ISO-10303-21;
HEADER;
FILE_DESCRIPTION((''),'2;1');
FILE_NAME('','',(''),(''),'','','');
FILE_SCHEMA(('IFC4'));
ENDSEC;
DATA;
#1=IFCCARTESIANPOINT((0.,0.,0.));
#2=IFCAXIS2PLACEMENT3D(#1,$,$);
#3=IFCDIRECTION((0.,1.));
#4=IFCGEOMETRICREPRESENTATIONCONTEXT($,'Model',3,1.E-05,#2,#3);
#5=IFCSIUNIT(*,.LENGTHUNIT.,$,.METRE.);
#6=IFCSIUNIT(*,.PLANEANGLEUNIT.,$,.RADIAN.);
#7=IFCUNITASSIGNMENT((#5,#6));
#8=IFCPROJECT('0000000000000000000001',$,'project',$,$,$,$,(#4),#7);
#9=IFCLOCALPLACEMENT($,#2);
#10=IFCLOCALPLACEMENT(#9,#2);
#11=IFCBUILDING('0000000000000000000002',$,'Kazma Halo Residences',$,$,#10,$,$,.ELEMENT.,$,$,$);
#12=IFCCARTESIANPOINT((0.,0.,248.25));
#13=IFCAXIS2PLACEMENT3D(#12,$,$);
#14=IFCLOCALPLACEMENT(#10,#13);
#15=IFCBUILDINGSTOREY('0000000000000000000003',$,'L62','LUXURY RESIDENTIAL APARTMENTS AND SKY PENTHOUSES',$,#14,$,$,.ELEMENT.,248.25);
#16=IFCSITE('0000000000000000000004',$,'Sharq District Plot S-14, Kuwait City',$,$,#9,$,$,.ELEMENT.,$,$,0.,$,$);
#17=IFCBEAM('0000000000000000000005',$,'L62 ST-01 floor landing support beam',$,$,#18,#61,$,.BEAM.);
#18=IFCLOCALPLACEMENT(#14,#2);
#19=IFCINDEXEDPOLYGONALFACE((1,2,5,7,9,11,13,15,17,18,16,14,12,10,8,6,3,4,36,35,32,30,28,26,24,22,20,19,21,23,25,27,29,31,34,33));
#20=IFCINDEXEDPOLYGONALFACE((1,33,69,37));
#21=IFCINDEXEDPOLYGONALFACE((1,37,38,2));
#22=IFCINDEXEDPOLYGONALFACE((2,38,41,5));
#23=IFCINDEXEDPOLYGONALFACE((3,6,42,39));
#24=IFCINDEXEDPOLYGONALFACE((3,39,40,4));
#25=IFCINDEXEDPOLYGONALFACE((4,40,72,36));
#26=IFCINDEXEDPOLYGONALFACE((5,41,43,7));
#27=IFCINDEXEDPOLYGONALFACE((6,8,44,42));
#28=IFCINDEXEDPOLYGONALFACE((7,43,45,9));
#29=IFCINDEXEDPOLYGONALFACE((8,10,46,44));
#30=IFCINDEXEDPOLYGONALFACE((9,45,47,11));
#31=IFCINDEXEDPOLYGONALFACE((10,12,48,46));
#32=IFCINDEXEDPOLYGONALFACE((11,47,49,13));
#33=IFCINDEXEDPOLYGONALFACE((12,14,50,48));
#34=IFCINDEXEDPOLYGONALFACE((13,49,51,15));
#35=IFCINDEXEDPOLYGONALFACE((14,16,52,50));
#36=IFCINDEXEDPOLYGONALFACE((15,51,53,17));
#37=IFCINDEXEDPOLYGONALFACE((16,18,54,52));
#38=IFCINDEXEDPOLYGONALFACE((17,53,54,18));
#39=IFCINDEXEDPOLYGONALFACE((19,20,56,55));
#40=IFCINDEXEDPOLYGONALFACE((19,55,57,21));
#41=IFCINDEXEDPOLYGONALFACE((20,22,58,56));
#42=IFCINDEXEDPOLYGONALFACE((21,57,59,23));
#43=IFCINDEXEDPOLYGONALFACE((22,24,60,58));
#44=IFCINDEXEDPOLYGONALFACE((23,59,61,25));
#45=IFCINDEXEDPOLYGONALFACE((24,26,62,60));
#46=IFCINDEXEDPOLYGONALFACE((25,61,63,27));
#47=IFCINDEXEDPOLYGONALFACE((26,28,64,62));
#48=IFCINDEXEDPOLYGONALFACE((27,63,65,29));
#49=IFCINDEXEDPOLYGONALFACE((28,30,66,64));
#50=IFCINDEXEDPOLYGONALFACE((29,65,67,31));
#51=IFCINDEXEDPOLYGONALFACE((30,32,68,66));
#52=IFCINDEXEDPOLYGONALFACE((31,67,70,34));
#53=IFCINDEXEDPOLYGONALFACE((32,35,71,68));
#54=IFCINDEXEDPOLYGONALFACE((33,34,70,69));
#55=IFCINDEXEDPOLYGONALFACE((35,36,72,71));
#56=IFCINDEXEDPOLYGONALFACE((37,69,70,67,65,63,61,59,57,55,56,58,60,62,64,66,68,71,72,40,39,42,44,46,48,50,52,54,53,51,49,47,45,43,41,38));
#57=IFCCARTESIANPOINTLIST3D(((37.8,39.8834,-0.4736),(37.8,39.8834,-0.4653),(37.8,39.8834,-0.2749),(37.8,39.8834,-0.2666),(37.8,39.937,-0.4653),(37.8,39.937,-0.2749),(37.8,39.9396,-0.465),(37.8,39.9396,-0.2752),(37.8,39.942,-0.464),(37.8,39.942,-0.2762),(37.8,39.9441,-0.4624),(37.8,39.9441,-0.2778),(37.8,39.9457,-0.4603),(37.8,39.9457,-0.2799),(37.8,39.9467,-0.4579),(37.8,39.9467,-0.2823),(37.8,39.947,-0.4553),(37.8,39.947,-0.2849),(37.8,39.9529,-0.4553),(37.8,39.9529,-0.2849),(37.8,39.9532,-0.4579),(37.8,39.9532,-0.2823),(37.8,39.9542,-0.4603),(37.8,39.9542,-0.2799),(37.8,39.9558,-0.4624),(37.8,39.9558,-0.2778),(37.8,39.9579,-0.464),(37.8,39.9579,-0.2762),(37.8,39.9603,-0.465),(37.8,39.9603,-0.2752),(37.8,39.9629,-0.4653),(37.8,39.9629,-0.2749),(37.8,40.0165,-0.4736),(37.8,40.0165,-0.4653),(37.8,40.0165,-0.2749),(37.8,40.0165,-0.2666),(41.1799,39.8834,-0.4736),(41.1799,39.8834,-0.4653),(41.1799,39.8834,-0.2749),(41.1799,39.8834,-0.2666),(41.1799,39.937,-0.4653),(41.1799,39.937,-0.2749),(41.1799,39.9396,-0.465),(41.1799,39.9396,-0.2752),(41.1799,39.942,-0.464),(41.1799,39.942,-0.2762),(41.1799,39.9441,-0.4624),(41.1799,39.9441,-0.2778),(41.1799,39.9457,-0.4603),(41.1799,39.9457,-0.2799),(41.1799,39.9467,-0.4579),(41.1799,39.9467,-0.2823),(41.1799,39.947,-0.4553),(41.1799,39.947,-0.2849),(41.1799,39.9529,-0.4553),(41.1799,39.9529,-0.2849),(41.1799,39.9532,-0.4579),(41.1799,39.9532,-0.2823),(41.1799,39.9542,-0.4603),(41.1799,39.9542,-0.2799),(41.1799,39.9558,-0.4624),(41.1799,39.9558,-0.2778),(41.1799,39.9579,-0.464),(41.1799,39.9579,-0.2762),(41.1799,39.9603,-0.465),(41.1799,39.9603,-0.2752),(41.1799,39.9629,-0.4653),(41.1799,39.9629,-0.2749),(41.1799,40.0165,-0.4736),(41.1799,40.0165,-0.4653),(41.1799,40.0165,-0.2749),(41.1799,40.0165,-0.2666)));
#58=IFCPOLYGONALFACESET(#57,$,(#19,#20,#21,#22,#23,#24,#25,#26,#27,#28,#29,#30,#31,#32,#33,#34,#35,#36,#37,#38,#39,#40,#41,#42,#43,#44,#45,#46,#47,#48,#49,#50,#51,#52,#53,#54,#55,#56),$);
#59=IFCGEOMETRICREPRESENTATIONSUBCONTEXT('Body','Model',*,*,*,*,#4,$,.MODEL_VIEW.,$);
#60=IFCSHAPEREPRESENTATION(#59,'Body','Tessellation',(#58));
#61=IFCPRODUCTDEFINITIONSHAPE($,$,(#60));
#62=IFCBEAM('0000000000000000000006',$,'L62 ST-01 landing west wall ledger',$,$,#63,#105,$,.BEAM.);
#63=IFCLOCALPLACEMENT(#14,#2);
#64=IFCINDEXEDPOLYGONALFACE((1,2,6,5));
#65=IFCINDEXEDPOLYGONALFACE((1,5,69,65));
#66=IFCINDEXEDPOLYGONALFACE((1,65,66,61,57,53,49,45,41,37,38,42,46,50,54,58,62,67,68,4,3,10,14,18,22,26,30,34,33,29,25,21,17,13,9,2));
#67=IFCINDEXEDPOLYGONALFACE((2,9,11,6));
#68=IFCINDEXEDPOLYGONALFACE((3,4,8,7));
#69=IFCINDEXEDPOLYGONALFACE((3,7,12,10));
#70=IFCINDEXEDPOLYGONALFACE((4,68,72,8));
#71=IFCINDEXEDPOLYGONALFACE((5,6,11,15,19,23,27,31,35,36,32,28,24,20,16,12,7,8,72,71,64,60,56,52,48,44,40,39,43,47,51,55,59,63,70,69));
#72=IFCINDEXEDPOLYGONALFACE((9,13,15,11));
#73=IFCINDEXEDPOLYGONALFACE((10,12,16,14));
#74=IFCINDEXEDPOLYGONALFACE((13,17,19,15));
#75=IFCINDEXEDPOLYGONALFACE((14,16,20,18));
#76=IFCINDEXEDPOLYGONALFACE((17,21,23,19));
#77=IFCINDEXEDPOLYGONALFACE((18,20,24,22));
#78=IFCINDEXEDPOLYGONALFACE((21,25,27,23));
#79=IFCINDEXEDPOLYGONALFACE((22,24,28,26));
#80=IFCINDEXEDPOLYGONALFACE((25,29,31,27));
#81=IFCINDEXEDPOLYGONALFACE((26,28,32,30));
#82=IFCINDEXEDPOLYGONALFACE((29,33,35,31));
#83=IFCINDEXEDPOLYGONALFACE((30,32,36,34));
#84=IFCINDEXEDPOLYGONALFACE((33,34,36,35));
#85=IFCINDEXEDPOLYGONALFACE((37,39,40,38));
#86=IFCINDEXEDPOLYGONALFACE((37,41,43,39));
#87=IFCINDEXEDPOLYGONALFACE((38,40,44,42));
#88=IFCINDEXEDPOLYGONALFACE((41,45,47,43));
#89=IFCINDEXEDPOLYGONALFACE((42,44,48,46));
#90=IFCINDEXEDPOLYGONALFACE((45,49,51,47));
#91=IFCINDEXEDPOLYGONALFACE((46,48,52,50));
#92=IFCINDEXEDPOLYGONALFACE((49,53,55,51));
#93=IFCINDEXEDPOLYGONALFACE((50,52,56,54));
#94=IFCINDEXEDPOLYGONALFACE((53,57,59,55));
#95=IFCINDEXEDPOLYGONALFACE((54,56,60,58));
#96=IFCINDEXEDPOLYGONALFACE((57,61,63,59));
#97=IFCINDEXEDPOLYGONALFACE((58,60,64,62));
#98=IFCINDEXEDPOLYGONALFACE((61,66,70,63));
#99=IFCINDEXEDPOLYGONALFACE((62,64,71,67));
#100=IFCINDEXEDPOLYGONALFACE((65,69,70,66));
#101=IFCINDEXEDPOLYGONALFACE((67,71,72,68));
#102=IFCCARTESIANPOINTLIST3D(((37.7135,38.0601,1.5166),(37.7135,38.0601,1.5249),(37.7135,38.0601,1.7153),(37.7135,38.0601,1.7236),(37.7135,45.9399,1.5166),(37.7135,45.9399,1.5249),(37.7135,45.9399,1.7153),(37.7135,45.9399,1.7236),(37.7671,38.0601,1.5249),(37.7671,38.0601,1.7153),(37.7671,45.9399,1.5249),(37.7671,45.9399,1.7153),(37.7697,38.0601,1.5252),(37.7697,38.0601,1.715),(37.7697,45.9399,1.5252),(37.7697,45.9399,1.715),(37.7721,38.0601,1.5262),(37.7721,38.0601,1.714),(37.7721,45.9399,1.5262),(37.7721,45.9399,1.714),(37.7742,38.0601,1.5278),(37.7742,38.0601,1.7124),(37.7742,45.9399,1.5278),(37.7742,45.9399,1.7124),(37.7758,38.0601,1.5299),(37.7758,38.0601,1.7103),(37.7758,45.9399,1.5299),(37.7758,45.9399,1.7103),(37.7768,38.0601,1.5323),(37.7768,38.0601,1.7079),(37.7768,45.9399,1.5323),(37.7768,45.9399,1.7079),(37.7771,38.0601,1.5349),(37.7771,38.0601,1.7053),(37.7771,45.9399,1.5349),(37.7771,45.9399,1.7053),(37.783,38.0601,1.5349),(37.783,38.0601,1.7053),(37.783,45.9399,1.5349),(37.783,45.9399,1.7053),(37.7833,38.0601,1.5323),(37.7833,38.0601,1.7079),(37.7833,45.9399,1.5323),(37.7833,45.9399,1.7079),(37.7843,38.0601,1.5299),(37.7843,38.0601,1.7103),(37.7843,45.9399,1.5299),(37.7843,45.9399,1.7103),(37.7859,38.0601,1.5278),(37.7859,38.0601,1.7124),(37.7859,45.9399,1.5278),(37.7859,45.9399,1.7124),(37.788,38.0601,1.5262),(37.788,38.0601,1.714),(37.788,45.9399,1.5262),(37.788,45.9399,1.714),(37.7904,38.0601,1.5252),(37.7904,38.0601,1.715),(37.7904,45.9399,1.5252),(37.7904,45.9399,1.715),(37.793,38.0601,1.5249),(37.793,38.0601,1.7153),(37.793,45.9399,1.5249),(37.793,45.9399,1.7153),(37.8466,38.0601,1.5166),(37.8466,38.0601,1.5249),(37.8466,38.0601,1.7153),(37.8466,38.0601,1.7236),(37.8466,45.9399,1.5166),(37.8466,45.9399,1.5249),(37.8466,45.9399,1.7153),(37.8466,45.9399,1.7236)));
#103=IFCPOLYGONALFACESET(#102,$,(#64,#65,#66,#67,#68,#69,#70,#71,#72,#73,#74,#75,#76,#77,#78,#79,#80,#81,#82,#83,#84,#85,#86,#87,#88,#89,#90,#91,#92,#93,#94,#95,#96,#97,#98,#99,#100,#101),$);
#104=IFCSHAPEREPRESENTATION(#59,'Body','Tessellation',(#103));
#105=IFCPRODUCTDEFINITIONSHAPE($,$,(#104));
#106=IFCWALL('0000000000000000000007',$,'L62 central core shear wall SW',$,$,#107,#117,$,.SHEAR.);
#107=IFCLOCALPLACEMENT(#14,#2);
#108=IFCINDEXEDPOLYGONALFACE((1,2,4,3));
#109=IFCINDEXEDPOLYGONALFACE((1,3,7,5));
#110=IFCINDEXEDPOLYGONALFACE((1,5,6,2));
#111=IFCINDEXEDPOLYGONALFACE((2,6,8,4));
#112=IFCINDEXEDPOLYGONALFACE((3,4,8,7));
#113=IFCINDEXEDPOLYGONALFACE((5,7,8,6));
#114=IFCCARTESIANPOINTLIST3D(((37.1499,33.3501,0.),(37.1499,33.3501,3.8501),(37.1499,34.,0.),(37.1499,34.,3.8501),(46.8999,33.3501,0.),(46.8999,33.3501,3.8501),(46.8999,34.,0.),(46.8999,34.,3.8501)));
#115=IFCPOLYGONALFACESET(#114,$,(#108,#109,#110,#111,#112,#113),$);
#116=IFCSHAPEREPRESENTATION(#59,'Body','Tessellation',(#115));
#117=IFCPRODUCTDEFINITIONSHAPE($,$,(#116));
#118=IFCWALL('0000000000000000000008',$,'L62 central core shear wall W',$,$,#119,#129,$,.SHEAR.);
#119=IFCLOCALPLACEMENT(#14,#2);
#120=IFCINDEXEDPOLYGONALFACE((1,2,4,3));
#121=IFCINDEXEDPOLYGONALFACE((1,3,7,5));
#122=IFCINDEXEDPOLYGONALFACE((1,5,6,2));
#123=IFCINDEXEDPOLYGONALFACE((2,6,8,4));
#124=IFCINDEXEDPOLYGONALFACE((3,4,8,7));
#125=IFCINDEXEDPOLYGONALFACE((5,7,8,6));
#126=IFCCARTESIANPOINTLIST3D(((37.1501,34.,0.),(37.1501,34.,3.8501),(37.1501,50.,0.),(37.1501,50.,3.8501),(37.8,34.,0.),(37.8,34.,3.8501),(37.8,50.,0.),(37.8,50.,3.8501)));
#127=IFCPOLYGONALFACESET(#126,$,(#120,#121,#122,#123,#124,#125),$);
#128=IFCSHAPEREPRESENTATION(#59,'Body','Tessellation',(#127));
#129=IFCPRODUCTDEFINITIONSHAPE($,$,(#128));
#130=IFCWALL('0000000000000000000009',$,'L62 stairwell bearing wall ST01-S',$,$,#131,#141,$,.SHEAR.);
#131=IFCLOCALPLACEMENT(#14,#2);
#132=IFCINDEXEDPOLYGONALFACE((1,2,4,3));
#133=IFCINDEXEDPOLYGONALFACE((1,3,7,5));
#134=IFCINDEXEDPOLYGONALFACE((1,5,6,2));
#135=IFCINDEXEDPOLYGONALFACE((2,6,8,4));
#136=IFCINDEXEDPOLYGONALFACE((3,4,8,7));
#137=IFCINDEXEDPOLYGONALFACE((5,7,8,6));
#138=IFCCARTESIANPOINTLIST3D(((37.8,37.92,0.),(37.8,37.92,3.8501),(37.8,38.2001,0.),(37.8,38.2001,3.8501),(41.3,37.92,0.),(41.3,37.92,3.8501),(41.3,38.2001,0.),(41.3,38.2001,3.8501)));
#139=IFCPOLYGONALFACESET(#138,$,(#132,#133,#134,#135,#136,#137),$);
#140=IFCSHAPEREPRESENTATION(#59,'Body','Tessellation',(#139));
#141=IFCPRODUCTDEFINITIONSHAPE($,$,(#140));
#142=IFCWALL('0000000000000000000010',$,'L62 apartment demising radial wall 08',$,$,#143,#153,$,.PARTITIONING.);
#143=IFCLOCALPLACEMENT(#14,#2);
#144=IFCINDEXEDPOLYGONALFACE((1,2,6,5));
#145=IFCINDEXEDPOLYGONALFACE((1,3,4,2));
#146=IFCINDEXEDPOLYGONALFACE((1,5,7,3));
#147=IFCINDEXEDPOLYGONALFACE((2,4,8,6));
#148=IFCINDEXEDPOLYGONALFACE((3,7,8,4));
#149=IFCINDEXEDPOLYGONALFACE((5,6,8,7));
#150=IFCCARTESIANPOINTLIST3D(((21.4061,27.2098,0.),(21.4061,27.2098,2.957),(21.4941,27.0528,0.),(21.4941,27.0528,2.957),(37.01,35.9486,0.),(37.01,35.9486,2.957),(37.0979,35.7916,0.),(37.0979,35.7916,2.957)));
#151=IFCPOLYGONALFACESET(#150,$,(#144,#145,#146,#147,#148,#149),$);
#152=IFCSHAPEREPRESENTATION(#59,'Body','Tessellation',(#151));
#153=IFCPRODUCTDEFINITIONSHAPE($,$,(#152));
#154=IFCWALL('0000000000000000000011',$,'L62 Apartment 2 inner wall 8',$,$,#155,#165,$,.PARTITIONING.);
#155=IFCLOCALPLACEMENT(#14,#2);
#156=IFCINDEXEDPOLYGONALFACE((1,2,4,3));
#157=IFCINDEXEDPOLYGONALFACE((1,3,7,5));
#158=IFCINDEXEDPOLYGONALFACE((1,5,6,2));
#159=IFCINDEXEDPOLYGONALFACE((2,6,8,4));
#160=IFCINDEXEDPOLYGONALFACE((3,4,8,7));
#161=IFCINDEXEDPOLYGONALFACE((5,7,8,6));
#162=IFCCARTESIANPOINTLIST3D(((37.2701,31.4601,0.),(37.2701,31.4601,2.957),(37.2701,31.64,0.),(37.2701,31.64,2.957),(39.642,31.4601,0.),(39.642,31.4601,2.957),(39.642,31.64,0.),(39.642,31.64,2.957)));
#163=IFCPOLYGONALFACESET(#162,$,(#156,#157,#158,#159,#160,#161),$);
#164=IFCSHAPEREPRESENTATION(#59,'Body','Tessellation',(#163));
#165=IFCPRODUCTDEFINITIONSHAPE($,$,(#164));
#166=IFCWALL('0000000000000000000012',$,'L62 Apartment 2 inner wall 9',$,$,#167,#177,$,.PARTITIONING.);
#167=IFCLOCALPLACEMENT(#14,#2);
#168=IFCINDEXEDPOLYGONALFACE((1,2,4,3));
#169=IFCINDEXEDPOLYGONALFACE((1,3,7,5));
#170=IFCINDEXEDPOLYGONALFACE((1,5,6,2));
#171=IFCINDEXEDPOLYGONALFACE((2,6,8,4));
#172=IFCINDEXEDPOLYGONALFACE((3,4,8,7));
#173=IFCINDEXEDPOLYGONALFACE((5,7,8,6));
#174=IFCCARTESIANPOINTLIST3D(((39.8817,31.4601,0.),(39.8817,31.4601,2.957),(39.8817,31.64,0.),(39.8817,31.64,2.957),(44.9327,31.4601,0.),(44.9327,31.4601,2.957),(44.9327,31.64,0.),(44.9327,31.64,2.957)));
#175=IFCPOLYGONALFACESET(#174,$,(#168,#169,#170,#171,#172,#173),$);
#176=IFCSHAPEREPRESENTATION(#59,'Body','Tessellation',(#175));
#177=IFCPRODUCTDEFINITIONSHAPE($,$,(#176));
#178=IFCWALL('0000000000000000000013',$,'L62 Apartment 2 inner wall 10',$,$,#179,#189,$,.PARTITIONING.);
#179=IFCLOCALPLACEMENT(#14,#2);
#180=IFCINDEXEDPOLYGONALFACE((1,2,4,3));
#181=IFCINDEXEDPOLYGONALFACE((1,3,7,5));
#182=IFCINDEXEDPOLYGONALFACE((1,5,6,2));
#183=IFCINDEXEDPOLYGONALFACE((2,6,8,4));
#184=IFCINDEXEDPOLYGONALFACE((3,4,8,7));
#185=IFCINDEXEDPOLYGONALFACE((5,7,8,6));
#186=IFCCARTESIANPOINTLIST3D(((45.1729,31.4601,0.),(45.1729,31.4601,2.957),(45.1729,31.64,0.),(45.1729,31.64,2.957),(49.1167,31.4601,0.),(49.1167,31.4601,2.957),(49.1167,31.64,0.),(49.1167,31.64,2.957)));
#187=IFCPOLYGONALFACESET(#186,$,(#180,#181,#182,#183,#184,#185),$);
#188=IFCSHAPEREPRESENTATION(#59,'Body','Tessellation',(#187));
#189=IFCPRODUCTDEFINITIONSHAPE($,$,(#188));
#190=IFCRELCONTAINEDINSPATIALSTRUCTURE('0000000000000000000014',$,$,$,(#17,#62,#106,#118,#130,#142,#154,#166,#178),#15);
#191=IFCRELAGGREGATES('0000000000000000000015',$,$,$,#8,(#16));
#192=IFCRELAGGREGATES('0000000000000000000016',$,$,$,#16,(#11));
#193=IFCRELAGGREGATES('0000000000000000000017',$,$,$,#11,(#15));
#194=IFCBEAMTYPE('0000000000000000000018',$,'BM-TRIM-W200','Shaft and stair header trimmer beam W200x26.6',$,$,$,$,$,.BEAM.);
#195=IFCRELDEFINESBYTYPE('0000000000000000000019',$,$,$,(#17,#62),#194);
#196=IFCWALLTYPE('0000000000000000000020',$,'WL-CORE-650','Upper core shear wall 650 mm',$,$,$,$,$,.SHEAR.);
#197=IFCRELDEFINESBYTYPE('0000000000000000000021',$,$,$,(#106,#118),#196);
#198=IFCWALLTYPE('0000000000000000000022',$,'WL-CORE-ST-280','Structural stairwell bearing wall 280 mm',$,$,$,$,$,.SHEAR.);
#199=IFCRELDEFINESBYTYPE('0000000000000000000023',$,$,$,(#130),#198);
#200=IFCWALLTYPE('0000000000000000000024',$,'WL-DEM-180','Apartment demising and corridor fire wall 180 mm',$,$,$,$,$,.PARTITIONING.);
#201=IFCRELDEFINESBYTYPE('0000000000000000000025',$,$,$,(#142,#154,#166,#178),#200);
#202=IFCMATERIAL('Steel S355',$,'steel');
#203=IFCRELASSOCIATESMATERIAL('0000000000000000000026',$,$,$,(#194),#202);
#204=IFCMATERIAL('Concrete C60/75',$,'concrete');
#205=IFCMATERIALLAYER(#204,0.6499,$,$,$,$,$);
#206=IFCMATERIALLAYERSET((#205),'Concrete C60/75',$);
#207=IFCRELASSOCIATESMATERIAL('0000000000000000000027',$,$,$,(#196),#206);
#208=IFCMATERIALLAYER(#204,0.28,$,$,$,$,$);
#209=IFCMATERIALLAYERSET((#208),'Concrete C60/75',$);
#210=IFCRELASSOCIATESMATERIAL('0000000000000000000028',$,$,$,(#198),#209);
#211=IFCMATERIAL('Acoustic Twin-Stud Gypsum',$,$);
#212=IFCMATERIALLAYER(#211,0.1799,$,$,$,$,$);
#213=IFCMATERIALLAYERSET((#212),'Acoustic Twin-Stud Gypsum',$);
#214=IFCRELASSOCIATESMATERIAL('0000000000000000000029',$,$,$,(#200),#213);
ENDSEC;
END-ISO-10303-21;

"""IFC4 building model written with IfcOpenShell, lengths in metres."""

from ifc_helpers import new_model, si_unit, direction, frame, frame_2d, origin, origin_2d, place, context, subcontext, project, spatial, rectangle, i_section, extrude, material, layer, layer_set, material_profile, profile_set, type_object, element, save


model = new_model("IFC4")

# Units and contexts
model_context = context("Model", 3, precision=1e-05, world=origin(), true_north=direction((0.0, 1.0)))
body_context = subcontext(model_context, "Body", "Model", "MODEL_VIEW")
ifc_project = project(units=[si_unit("LENGTHUNIT", "METRE"), si_unit("PLANEANGLEUNIT", "RADIAN")], contexts=[model_context])

# Site, building, storey
site_placement = place(None, origin())
site = spatial("IfcSite", under=ifc_project, at=site_placement, Name="Sharq District Plot S-14, Kuwait City", CompositionType="ELEMENT", RefElevation=0.0)
building_placement = place(site_placement, origin())
building = spatial("IfcBuilding", under=site, at=building_placement, Name="Kazma Halo Residences", CompositionType="ELEMENT")
storey_placement = place(building_placement, frame((0.0, 0.0, 248.25)))
storey = spatial("IfcBuildingStorey", under=building, at=storey_placement, Name="L62", Description="LUXURY RESIDENTIAL APARTMENTS AND SKY PENTHOUSES", CompositionType="ELEMENT", Elevation=248.25)

# Beams
ifc_material_1 = material(Name="Steel S355", Category="steel")
ifc_material_profile_1 = material_profile(ifc_material_1, i_section(OverallWidth=0.1331, OverallDepth=0.207, WebThickness=0.0059, FlangeThickness=0.0083, FilletRadius=0.01, at=origin_2d()), Name="W200x26.6")
ifc_profile_set_1 = profile_set([ifc_material_profile_1], Name="Steel S355")
beam_type_1 = type_object("IfcBeamType", Name="BM-TRIM-W200", Description="Shaft and stair header trimmer beam W200x26.6", PredefinedType="BEAM", material=ifc_profile_set_1)
beam_1_placement = place(storey_placement, frame((37.8, 39.95, -0.3701), z_axis=(1.0, 0.0, 0.0), x_axis=(0.0, 1.0, 0.0)))
element("IfcBeam", 1, at=beam_1_placement, inside=storey, type_object=beam_type_1, Name="L62 ST-01 floor landing support beam", PredefinedType="BEAM", context=body_context, shape_type="SweptSolid", body=[
    extrude(i_section(OverallWidth=0.1331, OverallDepth=0.207, WebThickness=0.0059, FlangeThickness=0.0083, FilletRadius=0.01, at=origin_2d()), origin(), (0.0, 0.0, 1.0), 3.3799),
])
beam_2_placement = place(storey_placement, frame((37.78, 38.0601, 1.6201), z_axis=(0.0, 1.0, 0.0), x_axis=(-1.0, 0.0, 0.0)))
element("IfcBeam", 2, at=beam_2_placement, inside=storey, type_object=beam_type_1, Name="L62 ST-01 landing west wall ledger", PredefinedType="BEAM", context=body_context, shape_type="SweptSolid", body=[
    extrude(i_section(OverallWidth=0.1331, OverallDepth=0.207, WebThickness=0.0059, FlangeThickness=0.0083, FilletRadius=0.01, at=origin_2d()), origin(), (0.0, 0.0, 1.0), 7.8799),
])

# Walls
ifc_material_2 = material(Name="Concrete C60/75", Category="concrete")
ifc_layer_1 = layer(ifc_material_2, 0.6499)
ifc_layer_set_1 = layer_set([ifc_layer_1], Name="Concrete C60/75")
wall_type_1 = type_object("IfcWallType", Name="WL-CORE-650", Description="Upper core shear wall 650 mm", PredefinedType="SHEAR", material=ifc_layer_set_1)
wall_1_placement = place(storey_placement, frame((37.1499, 33.675, 0.0), z_axis=(0.0, 0.0, 1.0), x_axis=(1.0, 0.0, 0.0)))
element("IfcWall", 3, at=wall_1_placement, inside=storey, type_object=wall_type_1, Name="L62 central core shear wall SW", PredefinedType="SHEAR", context=body_context, shape_type="SweptSolid", body=[
    extrude(rectangle(XDim=9.75, YDim=0.6499, at=frame_2d((4.875, 0.0))), origin(), (0.0, 0.0, 1.0), 3.8501),
])
wall_2_placement = place(storey_placement, frame((37.4751, 34.0, 0.0), z_axis=(0.0, 0.0, 1.0), x_axis=(0.0, 1.0, 0.0)))
element("IfcWall", 4, at=wall_2_placement, inside=storey, type_object=wall_type_1, Name="L62 central core shear wall W", PredefinedType="SHEAR", context=body_context, shape_type="SweptSolid", body=[
    extrude(rectangle(XDim=16.0, YDim=0.6499, at=frame_2d((8.0, 0.0))), origin(), (0.0, 0.0, 1.0), 3.8501),
])
ifc_layer_2 = layer(ifc_material_2, 0.28)
ifc_layer_set_2 = layer_set([ifc_layer_2], Name="Concrete C60/75")
wall_type_2 = type_object("IfcWallType", Name="WL-CORE-ST-280", Description="Structural stairwell bearing wall 280 mm", PredefinedType="SHEAR", material=ifc_layer_set_2)
wall_3_placement = place(storey_placement, frame((37.8, 38.0601, 0.0), z_axis=(0.0, 0.0, 1.0), x_axis=(1.0, 0.0, 0.0)))
element("IfcWall", 5, at=wall_3_placement, inside=storey, type_object=wall_type_2, Name="L62 stairwell bearing wall ST01-S", PredefinedType="SHEAR", context=body_context, shape_type="SweptSolid", body=[
    extrude(rectangle(XDim=3.5, YDim=0.28, at=frame_2d((1.75, 0.0))), origin(), (0.0, 0.0, 1.0), 3.8501),
])
ifc_material_3 = material(Name="Acoustic Twin-Stud Gypsum")
ifc_layer_3 = layer(ifc_material_3, 0.1799)
ifc_layer_set_3 = layer_set([ifc_layer_3], Name="Acoustic Twin-Stud Gypsum")
wall_type_3 = type_object("IfcWallType", Name="WL-DEM-180", Description="Apartment demising and corridor fire wall 180 mm", PredefinedType="PARTITIONING", material=ifc_layer_set_3)
wall_4_placement = place(storey_placement, frame((37.054, 35.8701, 0.0), z_axis=(0.0, 0.0, 1.0), x_axis=(-0.87249, -0.488632, 0.0)))
element("IfcWall", 6, at=wall_4_placement, inside=storey, type_object=wall_type_3, Name="L62 apartment demising radial wall 08", PredefinedType="PARTITIONING", context=body_context, shape_type="SweptSolid", body=[
    extrude(rectangle(XDim=17.8843, YDim=0.1799, at=frame_2d((8.9421, 0.0))), origin(), (0.0, 0.0, 1.0), 2.957),
])
wall_5_placement = place(storey_placement, frame((37.27, 31.55, 0.0), z_axis=(0.0, 0.0, 1.0), x_axis=(1.0, 0.0, 0.0)))
element("IfcWall", 7, at=wall_5_placement, inside=storey, type_object=wall_type_3, Name="L62 Apartment 2 inner wall 8", PredefinedType="PARTITIONING", context=body_context, shape_type="SweptSolid", body=[
    extrude(rectangle(XDim=2.3718, YDim=0.1799, at=frame_2d((1.186, 0.0))), origin(), (0.0, 0.0, 1.0), 2.957),
])
wall_6_placement = place(storey_placement, frame((39.8818, 31.55, 0.0), z_axis=(0.0, 0.0, 1.0), x_axis=(1.0, 0.0, 0.0)))
element("IfcWall", 8, at=wall_6_placement, inside=storey, type_object=wall_type_3, Name="L62 Apartment 2 inner wall 9", PredefinedType="PARTITIONING", context=body_context, shape_type="SweptSolid", body=[
    extrude(rectangle(XDim=5.051, YDim=0.1799, at=frame_2d((2.5254, 0.0))), origin(), (0.0, 0.0, 1.0), 2.957),
])
wall_7_placement = place(storey_placement, frame((45.1729, 31.55, 0.0), z_axis=(0.0, 0.0, 1.0), x_axis=(1.0, 0.0, 0.0)))
element("IfcWall", 9, at=wall_7_placement, inside=storey, type_object=wall_type_3, Name="L62 Apartment 2 inner wall 10", PredefinedType="PARTITIONING", context=body_context, shape_type="SweptSolid", body=[
    extrude(rectangle(XDim=3.9438, YDim=0.1799, at=frame_2d((1.9719, 0.0))), origin(), (0.0, 0.0, 1.0), 2.957),
])

save(model, "model.ifc")
